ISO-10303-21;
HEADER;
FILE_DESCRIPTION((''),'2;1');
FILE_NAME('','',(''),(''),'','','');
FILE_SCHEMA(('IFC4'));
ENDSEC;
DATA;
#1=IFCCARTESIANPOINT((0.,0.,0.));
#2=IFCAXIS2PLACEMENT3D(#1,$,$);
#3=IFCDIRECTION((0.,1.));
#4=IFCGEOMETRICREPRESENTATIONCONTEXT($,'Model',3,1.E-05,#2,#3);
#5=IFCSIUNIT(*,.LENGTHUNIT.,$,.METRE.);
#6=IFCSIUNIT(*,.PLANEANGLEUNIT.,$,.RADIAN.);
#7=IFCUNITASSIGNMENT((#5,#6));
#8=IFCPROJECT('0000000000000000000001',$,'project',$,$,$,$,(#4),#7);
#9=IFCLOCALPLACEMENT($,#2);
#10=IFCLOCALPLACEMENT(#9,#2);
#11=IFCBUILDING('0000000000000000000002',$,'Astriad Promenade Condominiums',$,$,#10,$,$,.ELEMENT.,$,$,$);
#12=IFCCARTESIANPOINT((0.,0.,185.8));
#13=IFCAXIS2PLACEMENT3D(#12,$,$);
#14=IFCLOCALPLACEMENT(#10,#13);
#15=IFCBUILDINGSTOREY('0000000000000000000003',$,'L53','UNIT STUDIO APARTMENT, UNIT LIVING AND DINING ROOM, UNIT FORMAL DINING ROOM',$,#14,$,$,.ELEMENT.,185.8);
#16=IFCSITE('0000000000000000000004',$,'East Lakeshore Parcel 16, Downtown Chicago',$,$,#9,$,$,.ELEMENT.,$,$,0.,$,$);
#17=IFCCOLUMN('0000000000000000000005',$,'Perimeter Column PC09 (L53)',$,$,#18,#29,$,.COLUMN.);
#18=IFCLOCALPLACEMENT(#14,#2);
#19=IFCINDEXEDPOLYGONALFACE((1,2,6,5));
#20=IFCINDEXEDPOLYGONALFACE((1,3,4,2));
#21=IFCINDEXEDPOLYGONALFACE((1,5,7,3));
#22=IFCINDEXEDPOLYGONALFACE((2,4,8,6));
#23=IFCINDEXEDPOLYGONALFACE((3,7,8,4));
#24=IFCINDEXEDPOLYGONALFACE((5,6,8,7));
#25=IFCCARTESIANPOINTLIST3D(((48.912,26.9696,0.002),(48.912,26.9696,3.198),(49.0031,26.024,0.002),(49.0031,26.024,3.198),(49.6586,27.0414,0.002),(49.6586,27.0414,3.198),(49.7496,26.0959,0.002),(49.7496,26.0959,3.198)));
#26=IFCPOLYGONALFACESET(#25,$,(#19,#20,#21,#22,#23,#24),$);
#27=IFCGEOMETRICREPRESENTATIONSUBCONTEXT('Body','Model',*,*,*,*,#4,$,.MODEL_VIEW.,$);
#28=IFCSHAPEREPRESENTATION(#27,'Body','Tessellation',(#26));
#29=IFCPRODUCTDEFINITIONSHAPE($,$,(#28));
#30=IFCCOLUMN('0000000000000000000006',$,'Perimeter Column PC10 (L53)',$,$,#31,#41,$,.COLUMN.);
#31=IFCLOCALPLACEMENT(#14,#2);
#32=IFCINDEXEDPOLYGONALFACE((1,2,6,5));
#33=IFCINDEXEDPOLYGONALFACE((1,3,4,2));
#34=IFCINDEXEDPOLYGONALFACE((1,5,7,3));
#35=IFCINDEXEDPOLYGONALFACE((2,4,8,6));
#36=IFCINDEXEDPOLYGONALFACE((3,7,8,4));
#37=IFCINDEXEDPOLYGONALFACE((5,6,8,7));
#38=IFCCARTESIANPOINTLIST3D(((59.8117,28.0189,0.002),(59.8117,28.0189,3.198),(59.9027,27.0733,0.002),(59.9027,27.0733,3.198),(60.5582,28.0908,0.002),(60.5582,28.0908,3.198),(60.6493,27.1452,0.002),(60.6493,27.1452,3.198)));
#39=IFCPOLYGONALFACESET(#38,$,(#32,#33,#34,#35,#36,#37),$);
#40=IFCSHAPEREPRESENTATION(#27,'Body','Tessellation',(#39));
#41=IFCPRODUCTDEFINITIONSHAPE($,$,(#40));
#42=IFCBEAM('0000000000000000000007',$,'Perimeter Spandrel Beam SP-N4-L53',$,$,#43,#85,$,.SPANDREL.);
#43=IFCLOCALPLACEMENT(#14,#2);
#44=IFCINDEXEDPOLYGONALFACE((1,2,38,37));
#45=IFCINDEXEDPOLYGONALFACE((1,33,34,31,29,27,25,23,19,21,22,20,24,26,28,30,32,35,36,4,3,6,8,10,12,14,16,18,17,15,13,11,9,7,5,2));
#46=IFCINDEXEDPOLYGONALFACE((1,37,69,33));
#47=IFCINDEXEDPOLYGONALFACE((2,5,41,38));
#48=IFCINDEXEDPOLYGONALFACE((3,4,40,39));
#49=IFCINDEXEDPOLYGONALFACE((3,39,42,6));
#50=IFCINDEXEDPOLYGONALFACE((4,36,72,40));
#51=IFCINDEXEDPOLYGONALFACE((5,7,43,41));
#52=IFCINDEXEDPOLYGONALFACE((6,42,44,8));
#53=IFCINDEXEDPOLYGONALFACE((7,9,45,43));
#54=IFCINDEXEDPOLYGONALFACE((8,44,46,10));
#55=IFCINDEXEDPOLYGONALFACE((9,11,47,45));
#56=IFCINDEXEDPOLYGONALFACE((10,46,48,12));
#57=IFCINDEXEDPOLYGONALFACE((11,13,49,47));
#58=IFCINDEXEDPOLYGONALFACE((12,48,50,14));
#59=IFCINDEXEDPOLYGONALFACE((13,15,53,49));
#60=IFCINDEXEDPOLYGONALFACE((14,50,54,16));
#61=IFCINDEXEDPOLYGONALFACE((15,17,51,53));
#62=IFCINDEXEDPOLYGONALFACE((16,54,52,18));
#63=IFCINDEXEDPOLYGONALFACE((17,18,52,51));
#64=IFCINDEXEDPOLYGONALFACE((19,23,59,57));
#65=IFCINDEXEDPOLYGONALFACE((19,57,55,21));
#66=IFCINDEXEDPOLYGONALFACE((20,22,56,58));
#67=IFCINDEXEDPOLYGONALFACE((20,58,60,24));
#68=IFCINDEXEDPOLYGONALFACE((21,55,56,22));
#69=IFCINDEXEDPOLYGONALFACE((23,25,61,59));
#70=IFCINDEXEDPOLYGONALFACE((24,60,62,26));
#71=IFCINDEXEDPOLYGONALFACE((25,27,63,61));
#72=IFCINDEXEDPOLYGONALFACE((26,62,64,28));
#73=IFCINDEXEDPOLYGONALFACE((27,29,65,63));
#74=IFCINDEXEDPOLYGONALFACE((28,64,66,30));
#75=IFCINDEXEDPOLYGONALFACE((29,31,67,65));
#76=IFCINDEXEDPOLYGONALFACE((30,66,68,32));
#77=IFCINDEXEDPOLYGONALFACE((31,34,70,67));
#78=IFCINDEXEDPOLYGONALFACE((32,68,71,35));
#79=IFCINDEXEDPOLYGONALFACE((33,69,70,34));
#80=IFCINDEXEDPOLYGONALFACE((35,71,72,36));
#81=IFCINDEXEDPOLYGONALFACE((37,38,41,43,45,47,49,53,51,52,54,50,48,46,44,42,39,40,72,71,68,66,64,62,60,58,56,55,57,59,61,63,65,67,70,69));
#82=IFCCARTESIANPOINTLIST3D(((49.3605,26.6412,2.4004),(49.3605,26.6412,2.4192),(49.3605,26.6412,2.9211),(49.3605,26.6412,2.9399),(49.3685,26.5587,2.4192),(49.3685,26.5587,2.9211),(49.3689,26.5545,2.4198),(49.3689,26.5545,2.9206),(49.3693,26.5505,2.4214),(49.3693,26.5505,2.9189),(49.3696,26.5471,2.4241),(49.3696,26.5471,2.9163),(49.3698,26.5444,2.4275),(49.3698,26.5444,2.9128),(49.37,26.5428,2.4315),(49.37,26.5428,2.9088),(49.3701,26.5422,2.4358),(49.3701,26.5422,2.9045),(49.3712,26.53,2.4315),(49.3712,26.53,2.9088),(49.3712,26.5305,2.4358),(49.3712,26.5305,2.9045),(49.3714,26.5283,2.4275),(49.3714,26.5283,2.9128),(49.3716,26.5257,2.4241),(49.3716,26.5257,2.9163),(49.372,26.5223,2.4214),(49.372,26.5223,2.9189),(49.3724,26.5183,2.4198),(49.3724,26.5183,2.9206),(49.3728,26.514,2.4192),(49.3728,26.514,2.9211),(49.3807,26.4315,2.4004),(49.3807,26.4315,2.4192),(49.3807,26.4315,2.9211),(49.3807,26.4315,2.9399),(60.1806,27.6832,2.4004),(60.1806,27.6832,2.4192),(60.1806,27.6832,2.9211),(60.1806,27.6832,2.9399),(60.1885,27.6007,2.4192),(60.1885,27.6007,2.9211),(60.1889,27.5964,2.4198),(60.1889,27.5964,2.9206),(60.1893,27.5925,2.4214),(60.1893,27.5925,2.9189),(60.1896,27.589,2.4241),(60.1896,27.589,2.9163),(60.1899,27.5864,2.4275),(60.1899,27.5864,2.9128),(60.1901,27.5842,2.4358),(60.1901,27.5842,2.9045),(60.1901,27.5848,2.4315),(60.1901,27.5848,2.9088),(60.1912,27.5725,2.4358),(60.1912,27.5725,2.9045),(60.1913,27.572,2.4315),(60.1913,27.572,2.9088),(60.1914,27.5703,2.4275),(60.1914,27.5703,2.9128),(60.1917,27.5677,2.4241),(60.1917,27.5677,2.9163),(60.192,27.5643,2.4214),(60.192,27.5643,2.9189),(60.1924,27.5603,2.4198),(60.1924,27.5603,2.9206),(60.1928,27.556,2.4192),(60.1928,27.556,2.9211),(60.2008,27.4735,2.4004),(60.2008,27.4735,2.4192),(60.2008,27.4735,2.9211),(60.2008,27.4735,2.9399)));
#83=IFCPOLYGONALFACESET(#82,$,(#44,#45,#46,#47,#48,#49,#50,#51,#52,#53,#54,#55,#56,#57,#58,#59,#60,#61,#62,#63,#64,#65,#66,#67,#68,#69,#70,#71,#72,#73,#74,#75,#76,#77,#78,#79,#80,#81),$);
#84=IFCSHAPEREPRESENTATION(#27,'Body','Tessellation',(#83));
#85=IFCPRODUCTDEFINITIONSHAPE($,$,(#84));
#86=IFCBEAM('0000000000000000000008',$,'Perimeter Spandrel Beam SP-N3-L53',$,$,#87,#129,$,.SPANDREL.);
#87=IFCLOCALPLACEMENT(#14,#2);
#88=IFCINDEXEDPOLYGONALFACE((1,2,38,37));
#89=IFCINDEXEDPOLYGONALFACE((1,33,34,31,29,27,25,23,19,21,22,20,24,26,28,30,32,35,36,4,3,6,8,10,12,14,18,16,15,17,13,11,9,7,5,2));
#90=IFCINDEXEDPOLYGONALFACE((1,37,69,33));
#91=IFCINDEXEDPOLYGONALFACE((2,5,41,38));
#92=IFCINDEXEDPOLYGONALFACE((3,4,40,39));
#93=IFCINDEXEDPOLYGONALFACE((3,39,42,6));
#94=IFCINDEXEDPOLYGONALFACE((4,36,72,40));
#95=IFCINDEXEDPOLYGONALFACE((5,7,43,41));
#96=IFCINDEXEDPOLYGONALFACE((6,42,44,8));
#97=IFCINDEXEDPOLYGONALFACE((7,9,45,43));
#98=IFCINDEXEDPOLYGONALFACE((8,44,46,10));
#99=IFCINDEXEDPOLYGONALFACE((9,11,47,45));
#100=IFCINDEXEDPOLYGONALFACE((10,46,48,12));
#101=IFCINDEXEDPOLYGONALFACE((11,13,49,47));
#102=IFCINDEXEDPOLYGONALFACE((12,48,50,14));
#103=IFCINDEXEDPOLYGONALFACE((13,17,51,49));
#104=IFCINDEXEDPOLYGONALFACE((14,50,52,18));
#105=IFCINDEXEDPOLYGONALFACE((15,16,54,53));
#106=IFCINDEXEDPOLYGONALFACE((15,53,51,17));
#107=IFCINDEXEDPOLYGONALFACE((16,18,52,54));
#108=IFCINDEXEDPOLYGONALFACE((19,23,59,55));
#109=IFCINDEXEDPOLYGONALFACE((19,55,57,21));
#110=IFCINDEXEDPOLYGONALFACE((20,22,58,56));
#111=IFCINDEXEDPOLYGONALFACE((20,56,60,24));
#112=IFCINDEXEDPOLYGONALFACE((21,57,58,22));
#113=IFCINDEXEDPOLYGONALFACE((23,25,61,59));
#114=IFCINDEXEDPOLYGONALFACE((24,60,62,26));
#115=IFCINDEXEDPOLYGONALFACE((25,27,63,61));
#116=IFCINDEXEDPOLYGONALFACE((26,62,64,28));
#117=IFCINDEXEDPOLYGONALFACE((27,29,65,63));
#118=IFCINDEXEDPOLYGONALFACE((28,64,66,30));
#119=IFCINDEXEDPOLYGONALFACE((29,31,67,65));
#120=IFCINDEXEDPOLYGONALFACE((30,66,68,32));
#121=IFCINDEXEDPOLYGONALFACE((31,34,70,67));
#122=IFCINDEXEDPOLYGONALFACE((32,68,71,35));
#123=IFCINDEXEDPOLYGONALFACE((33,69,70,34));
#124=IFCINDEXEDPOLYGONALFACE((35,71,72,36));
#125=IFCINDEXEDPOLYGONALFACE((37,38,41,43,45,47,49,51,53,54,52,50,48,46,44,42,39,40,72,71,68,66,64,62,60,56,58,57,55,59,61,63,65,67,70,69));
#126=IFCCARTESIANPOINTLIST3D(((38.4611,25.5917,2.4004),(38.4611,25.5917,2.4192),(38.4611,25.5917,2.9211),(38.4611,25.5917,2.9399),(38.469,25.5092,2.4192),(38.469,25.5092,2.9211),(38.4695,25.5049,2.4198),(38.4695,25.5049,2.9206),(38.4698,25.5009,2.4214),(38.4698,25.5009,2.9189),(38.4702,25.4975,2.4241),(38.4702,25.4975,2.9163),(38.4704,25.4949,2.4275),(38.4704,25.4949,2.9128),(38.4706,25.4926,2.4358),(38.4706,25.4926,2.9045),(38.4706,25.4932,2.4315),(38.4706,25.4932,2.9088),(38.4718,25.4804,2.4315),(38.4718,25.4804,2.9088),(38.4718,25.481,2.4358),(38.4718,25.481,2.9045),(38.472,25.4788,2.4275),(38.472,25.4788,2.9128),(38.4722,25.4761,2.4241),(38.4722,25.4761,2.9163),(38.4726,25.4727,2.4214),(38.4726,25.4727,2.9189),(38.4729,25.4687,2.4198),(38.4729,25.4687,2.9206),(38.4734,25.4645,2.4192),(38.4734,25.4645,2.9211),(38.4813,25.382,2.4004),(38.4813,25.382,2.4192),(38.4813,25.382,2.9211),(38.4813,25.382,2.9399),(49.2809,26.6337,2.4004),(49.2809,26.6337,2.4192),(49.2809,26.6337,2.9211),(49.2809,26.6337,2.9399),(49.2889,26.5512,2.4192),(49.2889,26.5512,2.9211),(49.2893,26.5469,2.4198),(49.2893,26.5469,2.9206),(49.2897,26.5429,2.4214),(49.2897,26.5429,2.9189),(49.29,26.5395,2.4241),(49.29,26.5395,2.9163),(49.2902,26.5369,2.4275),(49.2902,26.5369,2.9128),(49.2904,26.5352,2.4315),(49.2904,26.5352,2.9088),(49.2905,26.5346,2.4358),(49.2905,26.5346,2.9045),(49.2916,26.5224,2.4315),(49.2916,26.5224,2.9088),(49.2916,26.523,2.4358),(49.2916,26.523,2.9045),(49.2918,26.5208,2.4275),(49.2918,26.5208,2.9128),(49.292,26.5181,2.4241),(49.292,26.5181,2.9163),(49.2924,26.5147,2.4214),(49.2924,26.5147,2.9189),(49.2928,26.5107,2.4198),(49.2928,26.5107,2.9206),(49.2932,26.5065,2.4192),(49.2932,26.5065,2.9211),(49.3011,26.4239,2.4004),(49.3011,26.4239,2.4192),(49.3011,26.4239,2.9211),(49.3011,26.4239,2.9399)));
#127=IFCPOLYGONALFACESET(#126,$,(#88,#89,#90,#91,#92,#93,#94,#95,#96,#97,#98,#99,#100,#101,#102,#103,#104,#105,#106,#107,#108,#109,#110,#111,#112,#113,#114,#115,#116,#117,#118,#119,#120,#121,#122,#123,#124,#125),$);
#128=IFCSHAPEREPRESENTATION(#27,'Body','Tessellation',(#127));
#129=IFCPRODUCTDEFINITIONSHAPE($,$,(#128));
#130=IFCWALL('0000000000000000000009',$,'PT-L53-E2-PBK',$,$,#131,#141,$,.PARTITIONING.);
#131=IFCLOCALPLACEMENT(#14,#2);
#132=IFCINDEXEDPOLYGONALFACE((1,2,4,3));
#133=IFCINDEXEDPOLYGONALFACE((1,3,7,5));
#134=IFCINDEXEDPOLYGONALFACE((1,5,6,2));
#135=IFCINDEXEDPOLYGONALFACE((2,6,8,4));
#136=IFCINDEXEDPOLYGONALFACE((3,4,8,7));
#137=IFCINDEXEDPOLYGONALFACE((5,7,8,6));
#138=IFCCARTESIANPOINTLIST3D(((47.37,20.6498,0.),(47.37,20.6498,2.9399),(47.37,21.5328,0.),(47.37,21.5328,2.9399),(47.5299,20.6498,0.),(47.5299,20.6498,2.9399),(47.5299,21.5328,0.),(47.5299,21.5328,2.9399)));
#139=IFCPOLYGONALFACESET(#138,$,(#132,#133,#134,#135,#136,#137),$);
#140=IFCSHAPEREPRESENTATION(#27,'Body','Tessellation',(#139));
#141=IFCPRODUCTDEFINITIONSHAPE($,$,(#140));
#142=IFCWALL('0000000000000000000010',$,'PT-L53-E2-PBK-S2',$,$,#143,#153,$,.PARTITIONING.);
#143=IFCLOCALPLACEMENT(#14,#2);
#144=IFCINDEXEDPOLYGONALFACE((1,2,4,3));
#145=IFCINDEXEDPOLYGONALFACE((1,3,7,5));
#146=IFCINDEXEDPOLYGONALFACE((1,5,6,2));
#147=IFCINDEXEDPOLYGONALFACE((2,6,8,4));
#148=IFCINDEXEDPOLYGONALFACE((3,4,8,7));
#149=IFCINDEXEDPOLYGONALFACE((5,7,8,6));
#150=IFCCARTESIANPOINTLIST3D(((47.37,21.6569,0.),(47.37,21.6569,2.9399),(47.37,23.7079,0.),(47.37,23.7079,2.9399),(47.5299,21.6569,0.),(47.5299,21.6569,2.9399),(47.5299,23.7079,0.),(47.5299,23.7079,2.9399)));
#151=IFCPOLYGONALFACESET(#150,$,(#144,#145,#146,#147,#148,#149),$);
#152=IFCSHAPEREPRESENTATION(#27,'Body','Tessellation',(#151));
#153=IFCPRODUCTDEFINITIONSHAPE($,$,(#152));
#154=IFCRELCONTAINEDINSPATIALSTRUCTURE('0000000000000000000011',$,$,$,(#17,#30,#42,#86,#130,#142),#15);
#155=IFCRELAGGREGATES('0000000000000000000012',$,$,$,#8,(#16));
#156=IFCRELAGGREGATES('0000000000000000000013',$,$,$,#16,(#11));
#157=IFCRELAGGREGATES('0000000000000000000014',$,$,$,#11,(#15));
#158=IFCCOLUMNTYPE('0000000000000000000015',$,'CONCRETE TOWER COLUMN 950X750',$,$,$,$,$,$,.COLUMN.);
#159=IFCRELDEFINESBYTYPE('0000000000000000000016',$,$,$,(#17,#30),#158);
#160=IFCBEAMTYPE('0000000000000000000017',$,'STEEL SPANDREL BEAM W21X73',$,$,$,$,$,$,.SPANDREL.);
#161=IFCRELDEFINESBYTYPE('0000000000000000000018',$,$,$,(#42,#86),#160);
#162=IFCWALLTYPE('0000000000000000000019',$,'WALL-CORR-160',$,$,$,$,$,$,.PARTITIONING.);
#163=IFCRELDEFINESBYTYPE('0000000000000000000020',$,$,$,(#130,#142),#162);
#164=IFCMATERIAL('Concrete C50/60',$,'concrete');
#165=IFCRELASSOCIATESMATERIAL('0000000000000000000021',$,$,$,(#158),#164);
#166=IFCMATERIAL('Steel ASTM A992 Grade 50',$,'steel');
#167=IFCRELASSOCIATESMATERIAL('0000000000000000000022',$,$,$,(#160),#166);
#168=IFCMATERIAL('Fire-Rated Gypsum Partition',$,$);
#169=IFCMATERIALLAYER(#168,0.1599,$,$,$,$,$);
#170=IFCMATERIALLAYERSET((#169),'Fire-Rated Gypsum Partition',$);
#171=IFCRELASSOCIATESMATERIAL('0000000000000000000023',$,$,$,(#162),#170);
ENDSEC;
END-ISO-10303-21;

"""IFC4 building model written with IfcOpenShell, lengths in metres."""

from ifc_helpers import new_model, si_unit, direction, frame, frame_2d, origin, origin_2d, place, context, subcontext, project, spatial, rectangle, i_section, extrude, source, transform, mapped, material, layer, layer_set, material_profile, profile_set, type_object, type_shapes, element, save


model = new_model("IFC4")

# Units and contexts
model_context = context("Model", 3, precision=1e-05, world=origin(), true_north=direction((0.0, 1.0)))
body_context = subcontext(model_context, "Body", "Model", "MODEL_VIEW")
ifc_project = project(units=[si_unit("LENGTHUNIT", "METRE"), si_unit("PLANEANGLEUNIT", "RADIAN")], contexts=[model_context])

# Site, building, storey
site_placement = place(None, origin())
site = spatial("IfcSite", under=ifc_project, at=site_placement, Name="East Lakeshore Parcel 16, Downtown Chicago", CompositionType="ELEMENT", RefElevation=0.0)
building_placement = place(site_placement, origin())
building = spatial("IfcBuilding", under=site, at=building_placement, Name="Astriad Promenade Condominiums", CompositionType="ELEMENT")
storey_placement = place(building_placement, frame((0.0, 0.0, 185.8)))
storey = spatial("IfcBuildingStorey", under=building, at=storey_placement, Name="L53", Description="UNIT STUDIO APARTMENT, UNIT LIVING AND DINING ROOM, UNIT FORMAL DINING ROOM", CompositionType="ELEMENT", Elevation=185.8)

# Columns
ifc_material_1 = material(Name="Concrete C50/60", Category="concrete")
ifc_material_profile_1 = material_profile(ifc_material_1, rectangle(XDim=0.75, YDim=0.95, at=origin_2d()), Name="RC-COL-950X750")
ifc_profile_set_1 = profile_set([ifc_material_profile_1], Name="Concrete C50/60")
column_type = type_object("IfcColumnType", Name="CONCRETE TOWER COLUMN 950X750", PredefinedType="COLUMN", material=ifc_profile_set_1)
shared_shape_1 = source(origin(), body_context, "Body", "SweptSolid", [
    extrude(rectangle(XDim=0.75, YDim=0.95, at=origin_2d()), origin(), (0.0, 0.0, 1.0), 3.196),
])
type_shapes(column_type, [shared_shape_1])
for number, where, z_axis, x_axis, name in (
    (1, (49.3308, 26.5327, 0.002), (0.0, 0.0, 1.0), (0.995396, 0.095846, 0.0), "Perimeter Column PC09 (L53)"),
    (2, (60.2305, 27.582, 0.002), (0.0, 0.0, 1.0), (0.995396, 0.095846, 0.0), "Perimeter Column PC10 (L53)"),
):
    element("IfcColumn", number, at=place(storey_placement, frame(where, z_axis=z_axis, x_axis=x_axis)), inside=storey, type_object=column_type, Name=name, PredefinedType="COLUMN", context=body_context, shape_type="MappedRepresentation", body=[
        mapped(shared_shape_1, transform((0.0, 0.0, 0.0), scale=1.0)),
    ])

# Beams
ifc_material_2 = material(Name="Steel ASTM A992 Grade 50", Category="steel")
ifc_material_profile_2 = material_profile(ifc_material_2, i_section(OverallWidth=0.2107, OverallDepth=0.5396, WebThickness=0.0117, FlangeThickness=0.0188, FilletRadius=0.0166, at=origin_2d()), Name="W21X73")
ifc_profile_set_2 = profile_set([ifc_material_profile_2], Name="Steel ASTM A992 Grade 50")
beam_type = type_object("IfcBeamType", Name="STEEL SPANDREL BEAM W21X73", PredefinedType="SPANDREL", material=ifc_profile_set_2)
shared_shape_2 = source(origin(), body_context, "Body", "SweptSolid", [
    extrude(i_section(OverallWidth=0.2107, OverallDepth=0.5396, WebThickness=0.0117, FlangeThickness=0.0188, FilletRadius=0.0166, at=origin_2d()), origin(), (0.0, 0.0, 1.0), 10.8701),
])
beam_1_placement = place(storey_placement, frame((60.1907, 27.5784, 2.6702), z_axis=(-0.995395, -0.095858, 0.0), x_axis=(0.095858, -0.995395, 0.0)))
element("IfcBeam", 3, at=beam_1_placement, inside=storey, type_object=beam_type, Name="Perimeter Spandrel Beam SP-N4-L53", PredefinedType="SPANDREL", context=body_context, shape_type="MappedRepresentation", body=[
    mapped(shared_shape_2, transform((0.0, 0.0, 0.0), scale=1.0)),
])
shared_shape_3 = source(origin(), body_context, "Body", "SweptSolid", [
    extrude(i_section(OverallWidth=0.2107, OverallDepth=0.5396, WebThickness=0.0117, FlangeThickness=0.0188, FilletRadius=0.0166, at=origin_2d()), origin(), (0.0, 0.0, 1.0), 10.8699),
])
type_shapes(beam_type, [shared_shape_2, shared_shape_3])
beam_2_placement = place(storey_placement, frame((49.291, 26.5288, 2.6702), z_axis=(-0.995395, -0.09586, 0.0), x_axis=(0.09586, -0.995395, 0.0)))
element("IfcBeam", 4, at=beam_2_placement, inside=storey, type_object=beam_type, Name="Perimeter Spandrel Beam SP-N3-L53", PredefinedType="SPANDREL", context=body_context, shape_type="MappedRepresentation", body=[
    mapped(shared_shape_3, transform((0.0, 0.0, 0.0), scale=1.0)),
])

# Walls
ifc_material_3 = material(Name="Fire-Rated Gypsum Partition")
ifc_layer_1 = layer(ifc_material_3, 0.1599)
ifc_layer_set_1 = layer_set([ifc_layer_1], Name="Fire-Rated Gypsum Partition")
wall_type_1 = type_object("IfcWallType", Name="WALL-CORR-160", PredefinedType="PARTITIONING", material=ifc_layer_set_1)
wall_1_placement = place(storey_placement, frame((47.45, 20.6499, 0.0), z_axis=(0.0, 0.0, 1.0), x_axis=(0.0, 1.0, 0.0)))
element("IfcWall", 5, at=wall_1_placement, inside=storey, type_object=wall_type_1, Name="PT-L53-E2-PBK", PredefinedType="PARTITIONING", context=body_context, shape_type="SweptSolid", body=[
    extrude(rectangle(XDim=0.8831, YDim=0.1599, at=frame_2d((0.4414, 0.0))), origin(), (0.0, 0.0, 1.0), 2.9399),
])
wall_2_placement = place(storey_placement, frame((47.45, 21.657, 0.0), z_axis=(0.0, 0.0, 1.0), x_axis=(0.0, 1.0, 0.0)))
element("IfcWall", 6, at=wall_2_placement, inside=storey, type_object=wall_type_1, Name="PT-L53-E2-PBK-S2", PredefinedType="PARTITIONING", context=body_context, shape_type="SweptSolid", body=[
    extrude(rectangle(XDim=2.051, YDim=0.1599, at=frame_2d((1.0254, 0.0))), origin(), (0.0, 0.0, 1.0), 2.9399),
])

save(model, "model.ifc")
